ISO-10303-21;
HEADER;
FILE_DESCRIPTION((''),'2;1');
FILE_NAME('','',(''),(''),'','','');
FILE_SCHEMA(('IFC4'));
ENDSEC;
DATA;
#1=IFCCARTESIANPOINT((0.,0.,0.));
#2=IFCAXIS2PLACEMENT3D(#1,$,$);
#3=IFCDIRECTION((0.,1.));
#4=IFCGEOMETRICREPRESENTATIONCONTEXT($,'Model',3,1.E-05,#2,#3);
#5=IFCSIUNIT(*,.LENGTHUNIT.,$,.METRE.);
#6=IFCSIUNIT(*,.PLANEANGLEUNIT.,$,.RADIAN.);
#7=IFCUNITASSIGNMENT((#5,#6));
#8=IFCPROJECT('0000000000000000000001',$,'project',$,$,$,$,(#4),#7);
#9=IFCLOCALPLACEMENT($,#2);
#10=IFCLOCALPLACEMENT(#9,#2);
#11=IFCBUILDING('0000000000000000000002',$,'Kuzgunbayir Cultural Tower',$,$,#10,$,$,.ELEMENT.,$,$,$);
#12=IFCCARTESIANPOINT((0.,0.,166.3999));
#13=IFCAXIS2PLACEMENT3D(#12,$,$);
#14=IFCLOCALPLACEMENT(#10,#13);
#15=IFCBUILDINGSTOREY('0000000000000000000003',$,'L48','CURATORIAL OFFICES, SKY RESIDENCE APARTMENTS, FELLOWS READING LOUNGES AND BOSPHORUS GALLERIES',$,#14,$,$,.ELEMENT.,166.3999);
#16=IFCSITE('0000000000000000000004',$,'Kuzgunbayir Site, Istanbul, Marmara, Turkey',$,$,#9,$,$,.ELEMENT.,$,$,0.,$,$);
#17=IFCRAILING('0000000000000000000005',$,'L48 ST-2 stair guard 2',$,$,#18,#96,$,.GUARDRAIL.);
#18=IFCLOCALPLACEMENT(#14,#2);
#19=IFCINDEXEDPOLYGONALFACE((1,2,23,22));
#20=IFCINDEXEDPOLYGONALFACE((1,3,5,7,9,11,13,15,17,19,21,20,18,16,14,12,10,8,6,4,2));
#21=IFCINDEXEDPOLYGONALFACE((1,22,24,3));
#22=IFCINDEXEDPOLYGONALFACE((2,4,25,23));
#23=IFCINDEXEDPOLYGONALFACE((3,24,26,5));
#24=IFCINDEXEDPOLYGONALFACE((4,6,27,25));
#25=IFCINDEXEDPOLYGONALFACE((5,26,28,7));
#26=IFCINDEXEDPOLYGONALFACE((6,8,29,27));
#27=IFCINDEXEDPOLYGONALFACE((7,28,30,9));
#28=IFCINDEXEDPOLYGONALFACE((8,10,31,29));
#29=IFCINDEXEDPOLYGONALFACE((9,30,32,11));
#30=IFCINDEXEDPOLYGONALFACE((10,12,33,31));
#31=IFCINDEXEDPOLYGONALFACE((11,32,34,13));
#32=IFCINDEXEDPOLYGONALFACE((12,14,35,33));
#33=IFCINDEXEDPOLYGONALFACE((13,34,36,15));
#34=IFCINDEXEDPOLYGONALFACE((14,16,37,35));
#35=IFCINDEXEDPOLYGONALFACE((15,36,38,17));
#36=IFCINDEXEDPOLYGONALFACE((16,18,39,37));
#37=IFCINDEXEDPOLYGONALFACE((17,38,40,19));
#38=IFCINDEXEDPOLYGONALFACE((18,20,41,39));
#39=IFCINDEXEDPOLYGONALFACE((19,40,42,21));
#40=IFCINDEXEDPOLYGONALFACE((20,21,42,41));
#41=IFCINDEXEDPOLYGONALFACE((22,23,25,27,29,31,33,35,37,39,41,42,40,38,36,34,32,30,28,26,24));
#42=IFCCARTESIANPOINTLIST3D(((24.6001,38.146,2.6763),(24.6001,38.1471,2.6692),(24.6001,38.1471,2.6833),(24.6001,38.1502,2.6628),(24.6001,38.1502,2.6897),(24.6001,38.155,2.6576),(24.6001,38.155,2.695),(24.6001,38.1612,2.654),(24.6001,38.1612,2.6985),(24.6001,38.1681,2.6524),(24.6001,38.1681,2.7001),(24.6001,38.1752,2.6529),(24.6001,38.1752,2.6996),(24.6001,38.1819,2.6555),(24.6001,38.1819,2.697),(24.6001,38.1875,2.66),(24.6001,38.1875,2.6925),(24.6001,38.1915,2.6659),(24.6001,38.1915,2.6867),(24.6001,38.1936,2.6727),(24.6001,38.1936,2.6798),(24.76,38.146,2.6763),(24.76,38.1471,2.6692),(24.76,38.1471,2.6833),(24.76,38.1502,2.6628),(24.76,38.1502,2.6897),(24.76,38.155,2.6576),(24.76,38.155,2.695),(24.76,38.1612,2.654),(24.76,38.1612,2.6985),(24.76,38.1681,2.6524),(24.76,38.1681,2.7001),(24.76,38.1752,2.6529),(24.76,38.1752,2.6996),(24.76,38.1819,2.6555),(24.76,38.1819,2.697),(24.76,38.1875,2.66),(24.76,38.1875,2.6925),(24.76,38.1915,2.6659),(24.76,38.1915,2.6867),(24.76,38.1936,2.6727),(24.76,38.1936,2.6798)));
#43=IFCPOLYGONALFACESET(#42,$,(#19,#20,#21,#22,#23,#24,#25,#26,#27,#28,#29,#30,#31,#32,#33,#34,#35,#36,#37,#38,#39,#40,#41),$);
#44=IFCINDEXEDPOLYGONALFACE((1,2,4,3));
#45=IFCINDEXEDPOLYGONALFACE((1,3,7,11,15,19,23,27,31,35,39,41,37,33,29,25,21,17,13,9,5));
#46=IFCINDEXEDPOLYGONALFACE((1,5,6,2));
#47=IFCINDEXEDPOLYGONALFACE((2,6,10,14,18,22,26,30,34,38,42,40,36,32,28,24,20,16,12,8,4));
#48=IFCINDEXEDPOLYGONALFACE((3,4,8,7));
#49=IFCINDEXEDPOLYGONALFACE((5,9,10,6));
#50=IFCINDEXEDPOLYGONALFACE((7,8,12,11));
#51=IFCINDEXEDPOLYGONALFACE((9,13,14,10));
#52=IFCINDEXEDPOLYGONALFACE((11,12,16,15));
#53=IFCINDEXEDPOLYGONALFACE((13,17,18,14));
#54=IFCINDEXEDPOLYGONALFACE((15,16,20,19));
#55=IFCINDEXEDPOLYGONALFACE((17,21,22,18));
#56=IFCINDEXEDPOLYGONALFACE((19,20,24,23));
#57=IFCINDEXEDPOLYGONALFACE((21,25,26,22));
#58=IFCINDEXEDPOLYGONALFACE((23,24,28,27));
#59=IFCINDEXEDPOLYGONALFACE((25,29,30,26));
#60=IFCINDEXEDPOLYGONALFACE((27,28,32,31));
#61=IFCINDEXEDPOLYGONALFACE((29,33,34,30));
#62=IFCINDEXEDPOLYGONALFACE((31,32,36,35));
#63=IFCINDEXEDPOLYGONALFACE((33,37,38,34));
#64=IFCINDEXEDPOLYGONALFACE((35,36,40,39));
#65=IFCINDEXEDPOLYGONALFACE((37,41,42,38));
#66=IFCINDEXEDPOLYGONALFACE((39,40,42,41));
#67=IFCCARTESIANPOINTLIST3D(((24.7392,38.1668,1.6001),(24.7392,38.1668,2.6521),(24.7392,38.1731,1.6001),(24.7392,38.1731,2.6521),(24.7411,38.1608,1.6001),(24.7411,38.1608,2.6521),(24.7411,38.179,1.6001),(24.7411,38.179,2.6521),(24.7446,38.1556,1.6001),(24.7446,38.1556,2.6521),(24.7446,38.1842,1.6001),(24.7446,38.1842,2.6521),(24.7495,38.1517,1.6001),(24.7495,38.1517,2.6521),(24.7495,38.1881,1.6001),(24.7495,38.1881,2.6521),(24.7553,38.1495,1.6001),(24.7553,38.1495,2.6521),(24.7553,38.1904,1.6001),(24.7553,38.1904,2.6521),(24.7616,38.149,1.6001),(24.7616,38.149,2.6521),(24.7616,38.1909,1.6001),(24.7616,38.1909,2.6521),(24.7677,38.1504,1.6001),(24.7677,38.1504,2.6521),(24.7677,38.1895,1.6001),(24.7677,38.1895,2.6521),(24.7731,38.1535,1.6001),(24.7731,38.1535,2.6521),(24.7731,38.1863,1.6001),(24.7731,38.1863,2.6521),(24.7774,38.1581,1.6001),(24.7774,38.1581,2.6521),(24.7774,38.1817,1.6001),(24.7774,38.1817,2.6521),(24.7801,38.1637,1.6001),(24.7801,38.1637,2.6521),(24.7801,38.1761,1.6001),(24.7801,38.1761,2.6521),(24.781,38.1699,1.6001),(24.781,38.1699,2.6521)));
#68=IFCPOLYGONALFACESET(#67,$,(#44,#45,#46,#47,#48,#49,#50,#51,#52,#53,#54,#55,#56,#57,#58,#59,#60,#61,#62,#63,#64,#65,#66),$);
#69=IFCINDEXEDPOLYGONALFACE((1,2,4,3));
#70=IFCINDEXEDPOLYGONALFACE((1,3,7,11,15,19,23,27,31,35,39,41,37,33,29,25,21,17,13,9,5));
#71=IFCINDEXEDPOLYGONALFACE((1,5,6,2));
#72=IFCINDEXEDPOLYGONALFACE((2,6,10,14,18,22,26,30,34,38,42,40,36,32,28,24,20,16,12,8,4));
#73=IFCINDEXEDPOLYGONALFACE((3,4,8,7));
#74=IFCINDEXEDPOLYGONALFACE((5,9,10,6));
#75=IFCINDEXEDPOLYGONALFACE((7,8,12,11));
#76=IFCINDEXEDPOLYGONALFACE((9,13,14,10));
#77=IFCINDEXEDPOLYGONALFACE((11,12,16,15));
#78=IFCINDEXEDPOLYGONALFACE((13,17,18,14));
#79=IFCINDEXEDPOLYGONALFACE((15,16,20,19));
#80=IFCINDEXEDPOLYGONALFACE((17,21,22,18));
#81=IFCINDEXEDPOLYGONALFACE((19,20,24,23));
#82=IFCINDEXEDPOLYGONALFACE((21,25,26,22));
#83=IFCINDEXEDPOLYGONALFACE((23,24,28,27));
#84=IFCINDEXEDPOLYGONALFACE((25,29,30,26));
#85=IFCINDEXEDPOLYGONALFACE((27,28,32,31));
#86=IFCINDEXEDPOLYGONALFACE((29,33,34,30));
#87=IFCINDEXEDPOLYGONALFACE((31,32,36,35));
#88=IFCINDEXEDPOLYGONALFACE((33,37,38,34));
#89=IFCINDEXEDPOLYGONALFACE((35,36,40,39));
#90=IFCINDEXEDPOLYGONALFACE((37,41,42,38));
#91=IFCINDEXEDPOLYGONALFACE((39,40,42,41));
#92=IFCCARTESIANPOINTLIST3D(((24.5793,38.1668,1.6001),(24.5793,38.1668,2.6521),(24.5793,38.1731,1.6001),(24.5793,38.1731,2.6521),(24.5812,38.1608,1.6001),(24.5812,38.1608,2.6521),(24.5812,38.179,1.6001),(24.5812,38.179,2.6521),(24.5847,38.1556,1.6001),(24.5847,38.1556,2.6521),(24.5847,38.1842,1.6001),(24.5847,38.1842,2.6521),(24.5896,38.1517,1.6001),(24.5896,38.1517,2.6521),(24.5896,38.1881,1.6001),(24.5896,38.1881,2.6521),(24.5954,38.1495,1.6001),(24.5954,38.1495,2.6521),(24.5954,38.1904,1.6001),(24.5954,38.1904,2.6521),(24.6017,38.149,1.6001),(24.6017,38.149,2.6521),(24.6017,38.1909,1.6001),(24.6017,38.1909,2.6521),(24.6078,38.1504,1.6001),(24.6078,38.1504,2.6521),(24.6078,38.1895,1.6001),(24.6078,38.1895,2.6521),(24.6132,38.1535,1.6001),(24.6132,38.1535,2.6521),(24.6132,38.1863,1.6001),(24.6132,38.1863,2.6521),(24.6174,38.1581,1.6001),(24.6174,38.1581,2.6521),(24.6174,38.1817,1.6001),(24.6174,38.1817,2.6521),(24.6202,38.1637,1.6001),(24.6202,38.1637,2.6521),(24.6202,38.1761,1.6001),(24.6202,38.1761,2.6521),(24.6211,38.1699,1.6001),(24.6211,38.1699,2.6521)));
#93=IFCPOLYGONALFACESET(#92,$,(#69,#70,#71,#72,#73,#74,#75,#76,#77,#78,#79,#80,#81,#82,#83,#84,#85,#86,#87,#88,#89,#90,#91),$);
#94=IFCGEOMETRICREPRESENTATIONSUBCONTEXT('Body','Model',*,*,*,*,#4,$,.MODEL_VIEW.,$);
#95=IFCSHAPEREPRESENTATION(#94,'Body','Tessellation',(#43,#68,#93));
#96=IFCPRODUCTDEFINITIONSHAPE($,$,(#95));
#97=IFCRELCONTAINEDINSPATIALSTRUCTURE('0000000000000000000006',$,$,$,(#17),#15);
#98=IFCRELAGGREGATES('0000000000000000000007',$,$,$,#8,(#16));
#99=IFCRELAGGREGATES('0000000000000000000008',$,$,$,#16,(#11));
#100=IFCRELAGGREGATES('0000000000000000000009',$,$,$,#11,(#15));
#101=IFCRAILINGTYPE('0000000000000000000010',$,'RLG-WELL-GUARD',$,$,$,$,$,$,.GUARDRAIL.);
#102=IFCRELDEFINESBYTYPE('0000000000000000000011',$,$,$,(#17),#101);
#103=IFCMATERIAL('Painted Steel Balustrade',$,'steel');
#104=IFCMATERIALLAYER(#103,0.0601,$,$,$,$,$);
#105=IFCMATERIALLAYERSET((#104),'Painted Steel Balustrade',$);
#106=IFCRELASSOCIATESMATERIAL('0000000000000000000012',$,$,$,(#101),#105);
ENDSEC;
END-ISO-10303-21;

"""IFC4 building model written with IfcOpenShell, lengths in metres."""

from ifc_helpers import new_model, si_unit, direction, frame, origin, origin_2d, place, context, subcontext, project, spatial, circle, extrude, material, layer, layer_set, type_object, element, save


model = new_model("IFC4")

# Units and contexts
model_context = context("Model", 3, precision=1e-05, world=origin(), true_north=direction((0.0, 1.0)))
body_context = subcontext(model_context, "Body", "Model", "MODEL_VIEW")
ifc_project = project(units=[si_unit("LENGTHUNIT", "METRE"), si_unit("PLANEANGLEUNIT", "RADIAN")], contexts=[model_context])

# Site, building, storey
site_placement = place(None, origin())
site = spatial("IfcSite", under=ifc_project, at=site_placement, Name="Kuzgunbayir Site, Istanbul, Marmara, Turkey", CompositionType="ELEMENT", RefElevation=0.0)
building_placement = place(site_placement, origin())
building = spatial("IfcBuilding", under=site, at=building_placement, Name="Kuzgunbayir Cultural Tower", CompositionType="ELEMENT")
storey_placement = place(building_placement, frame((0.0, 0.0, 166.3999)))
storey = spatial("IfcBuildingStorey", under=building, at=storey_placement, Name="L48", Description="CURATORIAL OFFICES, SKY RESIDENCE APARTMENTS, FELLOWS READING LOUNGES AND BOSPHORUS GALLERIES", CompositionType="ELEMENT", Elevation=166.3999)

# Railing
ifc_material_1 = material(Name="Painted Steel Balustrade", Category="steel")
ifc_layer_1 = layer(ifc_material_1, 0.0601)
ifc_layer_set_1 = layer_set([ifc_layer_1], Name="Painted Steel Balustrade")
railing_type_1 = type_object("IfcRailingType", Name="RLG-WELL-GUARD", PredefinedType="GUARDRAIL", material=ifc_layer_set_1)
railing_1_placement = place(storey_placement, frame((24.76, 38.1699, 1.6001)))
element("IfcRailing", 1, at=railing_1_placement, inside=storey, type_object=railing_type_1, Name="L48 ST-2 stair guard 2", PredefinedType="GUARDRAIL", context=body_context, shape_type="SweptSolid", body=[
    extrude(circle(Radius=0.0239, at=origin_2d()), frame((0.0, 0.0, 1.0762), z_axis=(-1.0, 0.0, 0.0), x_axis=(0.0, -1.0, 0.0)), (0.0, 0.0, 1.0), 0.1599),
    extrude(circle(Radius=0.021, at=origin_2d()), origin(), (0.0, 0.0, 1.0), 1.052),
    extrude(circle(Radius=0.021, at=origin_2d()), frame((-0.1599, 0.0, 0.0)), (0.0, 0.0, 1.0), 1.052),
])

save(model, "model.ifc")
